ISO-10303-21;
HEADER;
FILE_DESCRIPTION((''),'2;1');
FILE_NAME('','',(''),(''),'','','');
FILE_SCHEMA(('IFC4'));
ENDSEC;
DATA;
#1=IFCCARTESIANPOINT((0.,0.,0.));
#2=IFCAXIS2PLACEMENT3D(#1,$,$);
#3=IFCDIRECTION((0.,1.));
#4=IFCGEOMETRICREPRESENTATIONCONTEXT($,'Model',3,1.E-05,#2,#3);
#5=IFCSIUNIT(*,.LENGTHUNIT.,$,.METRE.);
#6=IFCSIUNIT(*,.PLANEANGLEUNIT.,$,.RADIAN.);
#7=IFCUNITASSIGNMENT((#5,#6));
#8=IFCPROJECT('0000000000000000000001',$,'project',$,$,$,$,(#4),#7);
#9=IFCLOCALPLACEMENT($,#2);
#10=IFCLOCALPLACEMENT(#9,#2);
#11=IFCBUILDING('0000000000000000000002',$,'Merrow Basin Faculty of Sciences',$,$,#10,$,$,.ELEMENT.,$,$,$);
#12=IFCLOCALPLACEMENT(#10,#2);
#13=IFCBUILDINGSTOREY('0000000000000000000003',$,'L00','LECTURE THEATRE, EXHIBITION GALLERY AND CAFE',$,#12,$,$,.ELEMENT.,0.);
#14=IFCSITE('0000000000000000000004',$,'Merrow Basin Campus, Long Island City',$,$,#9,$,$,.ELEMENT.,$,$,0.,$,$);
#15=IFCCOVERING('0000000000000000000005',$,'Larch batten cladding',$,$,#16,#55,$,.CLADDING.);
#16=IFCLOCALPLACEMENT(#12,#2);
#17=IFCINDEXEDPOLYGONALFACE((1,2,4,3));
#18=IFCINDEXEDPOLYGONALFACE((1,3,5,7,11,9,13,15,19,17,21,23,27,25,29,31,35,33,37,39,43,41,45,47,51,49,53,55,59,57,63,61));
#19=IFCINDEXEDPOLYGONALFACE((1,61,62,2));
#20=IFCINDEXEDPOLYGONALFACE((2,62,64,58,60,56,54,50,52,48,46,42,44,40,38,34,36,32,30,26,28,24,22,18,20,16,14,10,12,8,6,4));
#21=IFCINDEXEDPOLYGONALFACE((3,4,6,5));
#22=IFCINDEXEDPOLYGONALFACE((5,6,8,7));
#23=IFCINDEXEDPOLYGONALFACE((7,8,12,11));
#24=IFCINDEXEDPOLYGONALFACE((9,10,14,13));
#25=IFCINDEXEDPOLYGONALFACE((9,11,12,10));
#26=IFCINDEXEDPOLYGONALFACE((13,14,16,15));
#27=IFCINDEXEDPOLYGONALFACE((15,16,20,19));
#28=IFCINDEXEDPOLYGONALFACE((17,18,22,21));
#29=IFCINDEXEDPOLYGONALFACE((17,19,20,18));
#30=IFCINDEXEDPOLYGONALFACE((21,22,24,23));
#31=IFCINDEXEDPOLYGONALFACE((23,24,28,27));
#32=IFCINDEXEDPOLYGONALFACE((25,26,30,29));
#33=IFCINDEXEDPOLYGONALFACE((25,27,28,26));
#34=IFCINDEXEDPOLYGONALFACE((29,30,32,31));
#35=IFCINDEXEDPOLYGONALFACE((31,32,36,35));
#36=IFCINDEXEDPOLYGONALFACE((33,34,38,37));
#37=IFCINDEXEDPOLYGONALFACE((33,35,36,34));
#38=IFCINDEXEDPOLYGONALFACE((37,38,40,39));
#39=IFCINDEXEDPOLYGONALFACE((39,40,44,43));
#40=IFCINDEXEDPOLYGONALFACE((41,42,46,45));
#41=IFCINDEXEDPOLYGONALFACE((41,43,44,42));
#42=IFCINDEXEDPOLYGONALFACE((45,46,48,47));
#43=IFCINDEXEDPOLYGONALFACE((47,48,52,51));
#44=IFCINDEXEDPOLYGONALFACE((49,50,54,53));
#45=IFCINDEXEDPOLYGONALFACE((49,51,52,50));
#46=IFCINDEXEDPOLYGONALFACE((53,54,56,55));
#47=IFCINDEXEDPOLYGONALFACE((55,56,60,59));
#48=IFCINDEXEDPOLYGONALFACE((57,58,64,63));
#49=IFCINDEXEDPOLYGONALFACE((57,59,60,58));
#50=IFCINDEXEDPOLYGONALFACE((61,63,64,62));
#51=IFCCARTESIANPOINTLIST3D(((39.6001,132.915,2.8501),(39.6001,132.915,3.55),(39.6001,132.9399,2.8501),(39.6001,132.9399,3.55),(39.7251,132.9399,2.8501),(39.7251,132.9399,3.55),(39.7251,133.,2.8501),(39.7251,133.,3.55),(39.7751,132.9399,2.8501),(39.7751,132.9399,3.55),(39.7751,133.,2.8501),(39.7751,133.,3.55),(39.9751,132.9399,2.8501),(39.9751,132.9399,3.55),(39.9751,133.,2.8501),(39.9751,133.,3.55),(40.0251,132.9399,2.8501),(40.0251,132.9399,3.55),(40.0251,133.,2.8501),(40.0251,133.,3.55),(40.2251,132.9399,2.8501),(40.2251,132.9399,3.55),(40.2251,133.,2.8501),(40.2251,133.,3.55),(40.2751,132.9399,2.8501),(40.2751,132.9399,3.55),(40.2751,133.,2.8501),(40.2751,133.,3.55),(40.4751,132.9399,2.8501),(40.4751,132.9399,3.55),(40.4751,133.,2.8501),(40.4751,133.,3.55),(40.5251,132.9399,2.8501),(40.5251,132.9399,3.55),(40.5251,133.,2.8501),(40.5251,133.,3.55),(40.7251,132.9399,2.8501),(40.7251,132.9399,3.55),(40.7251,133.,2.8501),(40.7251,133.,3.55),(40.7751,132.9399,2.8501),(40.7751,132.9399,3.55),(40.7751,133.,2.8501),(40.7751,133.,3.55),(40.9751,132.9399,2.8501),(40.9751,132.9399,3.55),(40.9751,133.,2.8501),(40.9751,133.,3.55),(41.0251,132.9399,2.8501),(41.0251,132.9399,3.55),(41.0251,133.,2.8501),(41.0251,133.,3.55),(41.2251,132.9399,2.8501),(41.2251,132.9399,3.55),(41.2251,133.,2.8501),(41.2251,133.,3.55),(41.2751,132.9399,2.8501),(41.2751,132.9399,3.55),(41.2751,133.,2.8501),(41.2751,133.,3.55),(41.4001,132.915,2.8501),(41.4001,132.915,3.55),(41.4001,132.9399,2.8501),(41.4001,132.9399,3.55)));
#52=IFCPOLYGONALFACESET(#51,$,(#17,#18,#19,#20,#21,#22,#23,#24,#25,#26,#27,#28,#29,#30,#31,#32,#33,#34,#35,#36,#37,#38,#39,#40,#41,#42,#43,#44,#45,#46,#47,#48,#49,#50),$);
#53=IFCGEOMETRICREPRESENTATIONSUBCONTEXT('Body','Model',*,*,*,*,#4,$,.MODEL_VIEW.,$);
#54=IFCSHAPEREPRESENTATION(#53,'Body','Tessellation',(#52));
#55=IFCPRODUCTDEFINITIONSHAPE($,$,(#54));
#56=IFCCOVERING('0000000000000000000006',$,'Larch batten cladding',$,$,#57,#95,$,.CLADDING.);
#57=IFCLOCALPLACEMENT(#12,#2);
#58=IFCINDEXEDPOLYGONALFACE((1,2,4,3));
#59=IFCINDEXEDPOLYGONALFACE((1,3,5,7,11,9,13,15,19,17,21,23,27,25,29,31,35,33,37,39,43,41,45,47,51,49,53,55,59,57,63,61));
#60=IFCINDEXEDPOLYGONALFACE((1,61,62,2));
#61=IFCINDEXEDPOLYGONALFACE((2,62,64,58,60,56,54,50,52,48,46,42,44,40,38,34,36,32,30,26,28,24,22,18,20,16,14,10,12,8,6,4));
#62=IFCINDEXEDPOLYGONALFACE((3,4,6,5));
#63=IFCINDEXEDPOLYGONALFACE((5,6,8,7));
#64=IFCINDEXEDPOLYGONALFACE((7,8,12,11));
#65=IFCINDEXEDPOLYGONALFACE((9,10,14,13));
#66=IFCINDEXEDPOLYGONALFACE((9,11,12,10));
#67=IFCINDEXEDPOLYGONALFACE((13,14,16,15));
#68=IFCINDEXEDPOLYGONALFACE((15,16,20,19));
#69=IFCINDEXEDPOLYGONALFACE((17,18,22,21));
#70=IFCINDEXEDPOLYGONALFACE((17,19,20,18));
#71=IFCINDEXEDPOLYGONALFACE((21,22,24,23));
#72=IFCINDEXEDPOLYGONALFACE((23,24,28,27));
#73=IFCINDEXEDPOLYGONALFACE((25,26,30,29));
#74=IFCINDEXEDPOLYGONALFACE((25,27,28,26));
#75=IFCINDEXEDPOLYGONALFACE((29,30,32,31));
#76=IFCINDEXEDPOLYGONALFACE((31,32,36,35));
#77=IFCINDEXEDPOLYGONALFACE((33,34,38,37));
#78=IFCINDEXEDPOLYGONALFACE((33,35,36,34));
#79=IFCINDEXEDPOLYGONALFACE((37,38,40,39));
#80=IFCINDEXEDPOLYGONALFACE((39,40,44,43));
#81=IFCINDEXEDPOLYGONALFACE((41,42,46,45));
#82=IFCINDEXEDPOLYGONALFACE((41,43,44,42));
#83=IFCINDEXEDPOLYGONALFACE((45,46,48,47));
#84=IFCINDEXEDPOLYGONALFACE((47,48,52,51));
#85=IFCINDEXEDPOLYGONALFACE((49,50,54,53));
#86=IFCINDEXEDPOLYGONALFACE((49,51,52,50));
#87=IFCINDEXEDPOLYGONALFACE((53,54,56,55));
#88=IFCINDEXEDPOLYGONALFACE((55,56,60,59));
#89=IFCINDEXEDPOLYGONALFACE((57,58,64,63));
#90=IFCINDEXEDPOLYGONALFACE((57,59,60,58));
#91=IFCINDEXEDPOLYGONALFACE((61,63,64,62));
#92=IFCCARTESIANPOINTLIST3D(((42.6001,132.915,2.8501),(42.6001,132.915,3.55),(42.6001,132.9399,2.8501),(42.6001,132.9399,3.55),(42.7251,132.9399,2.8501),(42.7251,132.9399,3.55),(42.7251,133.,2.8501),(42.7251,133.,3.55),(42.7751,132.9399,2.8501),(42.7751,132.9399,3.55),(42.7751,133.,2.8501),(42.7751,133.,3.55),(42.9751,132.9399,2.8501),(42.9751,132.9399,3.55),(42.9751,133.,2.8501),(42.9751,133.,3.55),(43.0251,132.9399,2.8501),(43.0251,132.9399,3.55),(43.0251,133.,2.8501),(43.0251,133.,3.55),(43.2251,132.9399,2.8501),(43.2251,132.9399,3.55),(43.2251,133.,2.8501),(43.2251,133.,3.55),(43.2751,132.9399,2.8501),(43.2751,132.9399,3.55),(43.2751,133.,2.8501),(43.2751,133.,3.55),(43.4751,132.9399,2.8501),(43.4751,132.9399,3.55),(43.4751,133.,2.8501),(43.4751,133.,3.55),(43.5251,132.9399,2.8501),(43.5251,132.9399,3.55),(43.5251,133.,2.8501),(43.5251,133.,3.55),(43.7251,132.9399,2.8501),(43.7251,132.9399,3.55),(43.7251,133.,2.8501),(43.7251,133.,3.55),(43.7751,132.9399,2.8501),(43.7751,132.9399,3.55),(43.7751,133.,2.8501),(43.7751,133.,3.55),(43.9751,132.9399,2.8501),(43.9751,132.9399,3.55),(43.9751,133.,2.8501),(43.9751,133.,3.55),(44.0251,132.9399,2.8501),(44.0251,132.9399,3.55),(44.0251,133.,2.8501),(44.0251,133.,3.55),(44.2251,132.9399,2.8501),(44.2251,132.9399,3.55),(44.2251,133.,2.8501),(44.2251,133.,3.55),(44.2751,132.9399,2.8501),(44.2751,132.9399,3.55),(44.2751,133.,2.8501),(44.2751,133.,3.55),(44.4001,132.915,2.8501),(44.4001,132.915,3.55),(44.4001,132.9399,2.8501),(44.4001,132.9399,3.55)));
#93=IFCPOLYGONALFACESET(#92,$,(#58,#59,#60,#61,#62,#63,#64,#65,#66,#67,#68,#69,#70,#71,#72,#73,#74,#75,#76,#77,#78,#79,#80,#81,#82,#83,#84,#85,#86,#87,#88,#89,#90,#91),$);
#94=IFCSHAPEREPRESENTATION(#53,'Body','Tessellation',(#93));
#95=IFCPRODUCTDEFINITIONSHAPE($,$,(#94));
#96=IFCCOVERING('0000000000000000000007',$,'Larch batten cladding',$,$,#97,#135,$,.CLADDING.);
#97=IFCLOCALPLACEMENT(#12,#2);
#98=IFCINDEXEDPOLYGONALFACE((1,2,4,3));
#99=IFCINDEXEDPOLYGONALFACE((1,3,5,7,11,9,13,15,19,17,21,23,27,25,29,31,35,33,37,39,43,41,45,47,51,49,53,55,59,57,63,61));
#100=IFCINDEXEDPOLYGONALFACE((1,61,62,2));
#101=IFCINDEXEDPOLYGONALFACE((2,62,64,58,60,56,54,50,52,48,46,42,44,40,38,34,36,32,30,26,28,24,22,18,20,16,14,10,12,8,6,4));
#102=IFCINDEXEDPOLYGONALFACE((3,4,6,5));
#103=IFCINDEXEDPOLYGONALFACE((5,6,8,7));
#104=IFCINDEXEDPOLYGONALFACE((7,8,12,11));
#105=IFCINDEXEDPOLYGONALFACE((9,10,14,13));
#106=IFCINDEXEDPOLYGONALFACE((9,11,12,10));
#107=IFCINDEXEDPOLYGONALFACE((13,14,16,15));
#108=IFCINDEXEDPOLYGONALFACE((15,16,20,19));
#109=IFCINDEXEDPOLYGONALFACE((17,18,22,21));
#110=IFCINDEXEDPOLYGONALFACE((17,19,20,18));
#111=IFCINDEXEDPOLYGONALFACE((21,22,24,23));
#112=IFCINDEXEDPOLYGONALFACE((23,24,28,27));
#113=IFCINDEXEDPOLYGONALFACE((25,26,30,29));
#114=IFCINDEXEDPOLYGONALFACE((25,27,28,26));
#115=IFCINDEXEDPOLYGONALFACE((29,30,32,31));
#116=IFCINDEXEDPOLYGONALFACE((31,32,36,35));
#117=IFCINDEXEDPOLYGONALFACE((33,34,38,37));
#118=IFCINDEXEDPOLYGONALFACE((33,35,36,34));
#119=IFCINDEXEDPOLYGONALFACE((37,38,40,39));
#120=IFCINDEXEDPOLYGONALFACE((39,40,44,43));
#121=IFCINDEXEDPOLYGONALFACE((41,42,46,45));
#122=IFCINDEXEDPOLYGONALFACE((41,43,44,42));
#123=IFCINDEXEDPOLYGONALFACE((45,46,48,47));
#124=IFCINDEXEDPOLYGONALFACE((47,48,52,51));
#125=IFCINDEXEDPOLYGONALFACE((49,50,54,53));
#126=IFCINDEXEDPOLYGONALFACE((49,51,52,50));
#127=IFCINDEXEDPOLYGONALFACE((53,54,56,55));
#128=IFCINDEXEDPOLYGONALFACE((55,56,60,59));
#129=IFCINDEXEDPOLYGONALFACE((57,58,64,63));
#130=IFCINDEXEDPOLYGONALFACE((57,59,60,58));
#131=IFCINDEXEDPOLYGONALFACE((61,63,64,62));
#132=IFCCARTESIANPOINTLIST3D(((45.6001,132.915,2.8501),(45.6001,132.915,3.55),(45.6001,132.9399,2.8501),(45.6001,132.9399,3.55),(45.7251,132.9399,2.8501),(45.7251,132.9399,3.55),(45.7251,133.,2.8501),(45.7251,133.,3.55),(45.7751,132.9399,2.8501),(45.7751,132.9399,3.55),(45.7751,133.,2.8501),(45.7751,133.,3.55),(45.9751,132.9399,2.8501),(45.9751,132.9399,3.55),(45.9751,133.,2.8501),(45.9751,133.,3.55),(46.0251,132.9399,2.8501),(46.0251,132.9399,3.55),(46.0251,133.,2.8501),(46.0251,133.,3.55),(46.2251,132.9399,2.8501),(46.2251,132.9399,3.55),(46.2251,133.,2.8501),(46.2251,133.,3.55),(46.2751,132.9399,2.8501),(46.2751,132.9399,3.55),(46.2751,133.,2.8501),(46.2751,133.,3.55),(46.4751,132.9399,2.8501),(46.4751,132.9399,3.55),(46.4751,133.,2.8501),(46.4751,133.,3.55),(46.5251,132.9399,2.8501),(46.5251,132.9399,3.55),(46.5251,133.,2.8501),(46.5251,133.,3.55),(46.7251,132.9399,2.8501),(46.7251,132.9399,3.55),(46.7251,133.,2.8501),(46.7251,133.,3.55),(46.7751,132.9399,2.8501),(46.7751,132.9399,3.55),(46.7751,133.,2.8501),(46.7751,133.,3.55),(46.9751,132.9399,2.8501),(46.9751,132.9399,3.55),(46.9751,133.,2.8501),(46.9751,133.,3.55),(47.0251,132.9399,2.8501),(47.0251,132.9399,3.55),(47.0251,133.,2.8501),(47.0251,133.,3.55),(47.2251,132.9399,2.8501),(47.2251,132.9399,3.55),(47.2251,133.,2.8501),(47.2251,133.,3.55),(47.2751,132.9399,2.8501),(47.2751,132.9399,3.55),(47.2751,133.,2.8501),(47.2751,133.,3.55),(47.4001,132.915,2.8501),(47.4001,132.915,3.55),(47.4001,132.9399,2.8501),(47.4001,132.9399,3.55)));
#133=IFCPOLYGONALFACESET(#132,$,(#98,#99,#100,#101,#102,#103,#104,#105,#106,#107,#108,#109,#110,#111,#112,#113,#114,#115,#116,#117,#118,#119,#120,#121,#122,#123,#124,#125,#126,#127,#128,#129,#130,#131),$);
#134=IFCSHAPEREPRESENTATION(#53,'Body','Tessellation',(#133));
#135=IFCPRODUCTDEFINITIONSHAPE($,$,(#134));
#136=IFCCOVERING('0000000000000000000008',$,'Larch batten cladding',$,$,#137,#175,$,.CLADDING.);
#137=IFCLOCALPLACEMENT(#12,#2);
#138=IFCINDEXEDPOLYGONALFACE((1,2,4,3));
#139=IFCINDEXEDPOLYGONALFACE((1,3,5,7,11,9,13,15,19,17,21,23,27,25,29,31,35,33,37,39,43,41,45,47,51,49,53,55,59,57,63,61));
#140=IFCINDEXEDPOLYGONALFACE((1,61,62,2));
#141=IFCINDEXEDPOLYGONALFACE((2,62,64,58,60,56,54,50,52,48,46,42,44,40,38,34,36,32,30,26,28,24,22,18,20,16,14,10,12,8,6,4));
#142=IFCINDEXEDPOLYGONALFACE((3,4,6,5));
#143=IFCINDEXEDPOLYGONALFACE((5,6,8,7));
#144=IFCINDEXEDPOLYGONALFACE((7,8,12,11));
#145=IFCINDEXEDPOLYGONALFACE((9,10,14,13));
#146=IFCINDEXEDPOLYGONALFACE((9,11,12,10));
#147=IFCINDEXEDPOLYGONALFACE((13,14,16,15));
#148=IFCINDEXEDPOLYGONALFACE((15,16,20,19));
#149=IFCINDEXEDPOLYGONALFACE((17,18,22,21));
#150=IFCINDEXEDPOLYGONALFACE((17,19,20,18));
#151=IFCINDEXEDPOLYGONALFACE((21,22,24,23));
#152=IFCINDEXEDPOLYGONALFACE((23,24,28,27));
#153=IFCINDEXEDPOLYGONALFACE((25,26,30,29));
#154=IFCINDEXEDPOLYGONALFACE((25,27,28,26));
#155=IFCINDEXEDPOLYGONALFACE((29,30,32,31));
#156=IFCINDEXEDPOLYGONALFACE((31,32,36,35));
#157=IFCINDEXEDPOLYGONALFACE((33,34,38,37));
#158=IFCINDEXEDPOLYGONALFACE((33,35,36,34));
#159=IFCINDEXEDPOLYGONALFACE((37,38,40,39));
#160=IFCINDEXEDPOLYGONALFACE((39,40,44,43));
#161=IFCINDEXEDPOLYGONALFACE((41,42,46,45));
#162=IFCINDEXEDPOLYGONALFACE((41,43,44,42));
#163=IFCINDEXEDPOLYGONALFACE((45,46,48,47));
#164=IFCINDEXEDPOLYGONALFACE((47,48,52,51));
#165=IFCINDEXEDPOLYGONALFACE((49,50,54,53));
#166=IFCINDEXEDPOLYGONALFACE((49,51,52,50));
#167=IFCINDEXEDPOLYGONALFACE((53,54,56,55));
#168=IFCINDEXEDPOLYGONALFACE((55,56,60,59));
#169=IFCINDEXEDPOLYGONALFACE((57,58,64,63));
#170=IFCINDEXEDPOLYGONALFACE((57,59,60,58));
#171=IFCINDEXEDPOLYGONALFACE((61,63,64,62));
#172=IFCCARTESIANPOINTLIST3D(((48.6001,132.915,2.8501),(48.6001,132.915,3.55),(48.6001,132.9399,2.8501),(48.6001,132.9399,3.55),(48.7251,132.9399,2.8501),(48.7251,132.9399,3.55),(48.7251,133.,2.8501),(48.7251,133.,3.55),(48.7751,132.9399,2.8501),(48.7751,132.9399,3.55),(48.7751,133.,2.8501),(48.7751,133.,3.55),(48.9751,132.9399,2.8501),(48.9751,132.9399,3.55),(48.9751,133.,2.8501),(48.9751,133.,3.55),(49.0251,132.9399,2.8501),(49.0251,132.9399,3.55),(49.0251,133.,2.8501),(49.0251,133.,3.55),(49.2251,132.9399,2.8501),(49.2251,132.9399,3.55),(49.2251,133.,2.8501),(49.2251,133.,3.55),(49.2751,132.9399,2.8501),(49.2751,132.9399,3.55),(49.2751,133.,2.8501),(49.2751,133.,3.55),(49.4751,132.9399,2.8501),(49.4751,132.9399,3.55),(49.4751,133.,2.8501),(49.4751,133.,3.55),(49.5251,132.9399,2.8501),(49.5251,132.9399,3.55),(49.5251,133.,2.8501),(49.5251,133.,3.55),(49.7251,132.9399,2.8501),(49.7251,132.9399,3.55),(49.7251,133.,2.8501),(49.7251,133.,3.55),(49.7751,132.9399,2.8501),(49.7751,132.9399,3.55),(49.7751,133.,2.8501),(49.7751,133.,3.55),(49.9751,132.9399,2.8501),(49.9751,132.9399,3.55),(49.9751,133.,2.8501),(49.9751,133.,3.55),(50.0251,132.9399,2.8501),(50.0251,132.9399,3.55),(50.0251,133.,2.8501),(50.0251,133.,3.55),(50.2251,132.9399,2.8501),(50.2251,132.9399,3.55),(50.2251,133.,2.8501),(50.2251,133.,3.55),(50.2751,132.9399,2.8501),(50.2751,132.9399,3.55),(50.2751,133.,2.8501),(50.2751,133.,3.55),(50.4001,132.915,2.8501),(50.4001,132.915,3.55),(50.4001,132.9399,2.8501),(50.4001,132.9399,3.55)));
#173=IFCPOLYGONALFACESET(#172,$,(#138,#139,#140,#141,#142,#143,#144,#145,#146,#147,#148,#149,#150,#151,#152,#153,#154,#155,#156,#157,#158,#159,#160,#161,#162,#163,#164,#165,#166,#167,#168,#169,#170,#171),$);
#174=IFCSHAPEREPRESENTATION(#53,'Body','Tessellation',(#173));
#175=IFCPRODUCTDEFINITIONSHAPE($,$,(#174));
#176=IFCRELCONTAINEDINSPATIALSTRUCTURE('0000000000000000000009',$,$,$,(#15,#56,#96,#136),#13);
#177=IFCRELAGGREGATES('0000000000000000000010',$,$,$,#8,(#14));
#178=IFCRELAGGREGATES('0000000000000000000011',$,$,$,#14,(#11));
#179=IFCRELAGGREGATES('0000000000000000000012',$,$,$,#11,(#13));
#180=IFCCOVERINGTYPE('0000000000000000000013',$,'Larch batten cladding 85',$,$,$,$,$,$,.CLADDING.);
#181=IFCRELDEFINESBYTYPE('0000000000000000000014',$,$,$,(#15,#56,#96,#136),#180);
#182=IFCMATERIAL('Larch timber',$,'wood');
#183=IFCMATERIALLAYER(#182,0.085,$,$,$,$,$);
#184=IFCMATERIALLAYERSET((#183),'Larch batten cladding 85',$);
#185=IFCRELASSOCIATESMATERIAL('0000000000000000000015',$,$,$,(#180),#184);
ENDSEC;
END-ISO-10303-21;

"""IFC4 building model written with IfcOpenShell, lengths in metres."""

from ifc_helpers import new_model, si_unit, direction, frame, origin, place, context, subcontext, project, spatial, polyline, outline, extrude, source, transform, mapped, material, layer, layer_set, type_object, element, save


model = new_model("IFC4")

# Units and contexts
model_context = context("Model", 3, precision=1e-05, world=origin(), true_north=direction((0.0, 1.0)))
body_context = subcontext(model_context, "Body", "Model", "MODEL_VIEW")
ifc_project = project(units=[si_unit("LENGTHUNIT", "METRE"), si_unit("PLANEANGLEUNIT", "RADIAN")], contexts=[model_context])

# Site, building, storey
site_placement = place(None, origin())
site = spatial("IfcSite", under=ifc_project, at=site_placement, Name="Merrow Basin Campus, Long Island City", CompositionType="ELEMENT", RefElevation=0.0)
building_placement = place(site_placement, origin())
building = spatial("IfcBuilding", under=site, at=building_placement, Name="Merrow Basin Faculty of Sciences", CompositionType="ELEMENT")
storey_placement = place(building_placement, origin())
storey = spatial("IfcBuildingStorey", under=building, at=storey_placement, Name="L00", Description="LECTURE THEATRE, EXHIBITION GALLERY AND CAFE", CompositionType="ELEMENT", Elevation=0.0)

# Coverings
ifc_material_1 = material(Name="Larch timber", Category="wood")
ifc_layer_1 = layer(ifc_material_1, 0.085)
ifc_layer_set_1 = layer_set([ifc_layer_1], Name="Larch batten cladding 85")
covering_type = type_object("IfcCoveringType", Name="Larch batten cladding 85", PredefinedType="CLADDING", material=ifc_layer_set_1)
shared_shape_1 = source(origin(), body_context, "Body", "SweptSolid", [
    extrude(outline(polyline([(0.0, 0.0), (1.8, 0.0), (1.8, 0.0249), (1.675, 0.0249), (1.675, 0.085), (1.625, 0.085), (1.625, 0.0249), (1.425, 0.0249), (1.425, 0.085), (1.375, 0.085), (1.375, 0.0249), (1.175, 0.0249), (1.175, 0.085), (1.125, 0.085), (1.125, 0.0249), (0.925, 0.0249), (0.925, 0.085), (0.875, 0.085), (0.875, 0.0249), (0.675, 0.0249), (0.675, 0.085), (0.625, 0.085), (0.625, 0.0249), (0.425, 0.0249), (0.425, 0.085), (0.375, 0.085), (0.375, 0.0249), (0.175, 0.0249), (0.175, 0.085), (0.125, 0.085), (0.125, 0.0249), (0.0, 0.0249), (0.0, 0.0)])), origin(), (0.0, 0.0, 1.0), 0.7),
])
for number, where, z_axis, x_axis, name in (
    (1, (39.6001, 132.915, 2.8501), (0.0, 0.0, 1.0), (1.0, 0.0, 0.0), "Larch batten cladding"),
    (2, (42.6001, 132.915, 2.8501), (0.0, 0.0, 1.0), (1.0, 0.0, 0.0), "Larch batten cladding"),
    (3, (45.6001, 132.915, 2.8501), (0.0, 0.0, 1.0), (1.0, 0.0, 0.0), "Larch batten cladding"),
    (4, (48.6001, 132.915, 2.8501), (0.0, 0.0, 1.0), (1.0, 0.0, 0.0), "Larch batten cladding"),
):
    element("IfcCovering", number, at=place(storey_placement, frame(where, z_axis=z_axis, x_axis=x_axis)), inside=storey, type_object=covering_type, Name=name, PredefinedType="CLADDING", context=body_context, shape_type="MappedRepresentation", body=[
        mapped(shared_shape_1, transform((0.0, 0.0, 0.0), scale=1.0)),
    ])

save(model, "model.ifc")
